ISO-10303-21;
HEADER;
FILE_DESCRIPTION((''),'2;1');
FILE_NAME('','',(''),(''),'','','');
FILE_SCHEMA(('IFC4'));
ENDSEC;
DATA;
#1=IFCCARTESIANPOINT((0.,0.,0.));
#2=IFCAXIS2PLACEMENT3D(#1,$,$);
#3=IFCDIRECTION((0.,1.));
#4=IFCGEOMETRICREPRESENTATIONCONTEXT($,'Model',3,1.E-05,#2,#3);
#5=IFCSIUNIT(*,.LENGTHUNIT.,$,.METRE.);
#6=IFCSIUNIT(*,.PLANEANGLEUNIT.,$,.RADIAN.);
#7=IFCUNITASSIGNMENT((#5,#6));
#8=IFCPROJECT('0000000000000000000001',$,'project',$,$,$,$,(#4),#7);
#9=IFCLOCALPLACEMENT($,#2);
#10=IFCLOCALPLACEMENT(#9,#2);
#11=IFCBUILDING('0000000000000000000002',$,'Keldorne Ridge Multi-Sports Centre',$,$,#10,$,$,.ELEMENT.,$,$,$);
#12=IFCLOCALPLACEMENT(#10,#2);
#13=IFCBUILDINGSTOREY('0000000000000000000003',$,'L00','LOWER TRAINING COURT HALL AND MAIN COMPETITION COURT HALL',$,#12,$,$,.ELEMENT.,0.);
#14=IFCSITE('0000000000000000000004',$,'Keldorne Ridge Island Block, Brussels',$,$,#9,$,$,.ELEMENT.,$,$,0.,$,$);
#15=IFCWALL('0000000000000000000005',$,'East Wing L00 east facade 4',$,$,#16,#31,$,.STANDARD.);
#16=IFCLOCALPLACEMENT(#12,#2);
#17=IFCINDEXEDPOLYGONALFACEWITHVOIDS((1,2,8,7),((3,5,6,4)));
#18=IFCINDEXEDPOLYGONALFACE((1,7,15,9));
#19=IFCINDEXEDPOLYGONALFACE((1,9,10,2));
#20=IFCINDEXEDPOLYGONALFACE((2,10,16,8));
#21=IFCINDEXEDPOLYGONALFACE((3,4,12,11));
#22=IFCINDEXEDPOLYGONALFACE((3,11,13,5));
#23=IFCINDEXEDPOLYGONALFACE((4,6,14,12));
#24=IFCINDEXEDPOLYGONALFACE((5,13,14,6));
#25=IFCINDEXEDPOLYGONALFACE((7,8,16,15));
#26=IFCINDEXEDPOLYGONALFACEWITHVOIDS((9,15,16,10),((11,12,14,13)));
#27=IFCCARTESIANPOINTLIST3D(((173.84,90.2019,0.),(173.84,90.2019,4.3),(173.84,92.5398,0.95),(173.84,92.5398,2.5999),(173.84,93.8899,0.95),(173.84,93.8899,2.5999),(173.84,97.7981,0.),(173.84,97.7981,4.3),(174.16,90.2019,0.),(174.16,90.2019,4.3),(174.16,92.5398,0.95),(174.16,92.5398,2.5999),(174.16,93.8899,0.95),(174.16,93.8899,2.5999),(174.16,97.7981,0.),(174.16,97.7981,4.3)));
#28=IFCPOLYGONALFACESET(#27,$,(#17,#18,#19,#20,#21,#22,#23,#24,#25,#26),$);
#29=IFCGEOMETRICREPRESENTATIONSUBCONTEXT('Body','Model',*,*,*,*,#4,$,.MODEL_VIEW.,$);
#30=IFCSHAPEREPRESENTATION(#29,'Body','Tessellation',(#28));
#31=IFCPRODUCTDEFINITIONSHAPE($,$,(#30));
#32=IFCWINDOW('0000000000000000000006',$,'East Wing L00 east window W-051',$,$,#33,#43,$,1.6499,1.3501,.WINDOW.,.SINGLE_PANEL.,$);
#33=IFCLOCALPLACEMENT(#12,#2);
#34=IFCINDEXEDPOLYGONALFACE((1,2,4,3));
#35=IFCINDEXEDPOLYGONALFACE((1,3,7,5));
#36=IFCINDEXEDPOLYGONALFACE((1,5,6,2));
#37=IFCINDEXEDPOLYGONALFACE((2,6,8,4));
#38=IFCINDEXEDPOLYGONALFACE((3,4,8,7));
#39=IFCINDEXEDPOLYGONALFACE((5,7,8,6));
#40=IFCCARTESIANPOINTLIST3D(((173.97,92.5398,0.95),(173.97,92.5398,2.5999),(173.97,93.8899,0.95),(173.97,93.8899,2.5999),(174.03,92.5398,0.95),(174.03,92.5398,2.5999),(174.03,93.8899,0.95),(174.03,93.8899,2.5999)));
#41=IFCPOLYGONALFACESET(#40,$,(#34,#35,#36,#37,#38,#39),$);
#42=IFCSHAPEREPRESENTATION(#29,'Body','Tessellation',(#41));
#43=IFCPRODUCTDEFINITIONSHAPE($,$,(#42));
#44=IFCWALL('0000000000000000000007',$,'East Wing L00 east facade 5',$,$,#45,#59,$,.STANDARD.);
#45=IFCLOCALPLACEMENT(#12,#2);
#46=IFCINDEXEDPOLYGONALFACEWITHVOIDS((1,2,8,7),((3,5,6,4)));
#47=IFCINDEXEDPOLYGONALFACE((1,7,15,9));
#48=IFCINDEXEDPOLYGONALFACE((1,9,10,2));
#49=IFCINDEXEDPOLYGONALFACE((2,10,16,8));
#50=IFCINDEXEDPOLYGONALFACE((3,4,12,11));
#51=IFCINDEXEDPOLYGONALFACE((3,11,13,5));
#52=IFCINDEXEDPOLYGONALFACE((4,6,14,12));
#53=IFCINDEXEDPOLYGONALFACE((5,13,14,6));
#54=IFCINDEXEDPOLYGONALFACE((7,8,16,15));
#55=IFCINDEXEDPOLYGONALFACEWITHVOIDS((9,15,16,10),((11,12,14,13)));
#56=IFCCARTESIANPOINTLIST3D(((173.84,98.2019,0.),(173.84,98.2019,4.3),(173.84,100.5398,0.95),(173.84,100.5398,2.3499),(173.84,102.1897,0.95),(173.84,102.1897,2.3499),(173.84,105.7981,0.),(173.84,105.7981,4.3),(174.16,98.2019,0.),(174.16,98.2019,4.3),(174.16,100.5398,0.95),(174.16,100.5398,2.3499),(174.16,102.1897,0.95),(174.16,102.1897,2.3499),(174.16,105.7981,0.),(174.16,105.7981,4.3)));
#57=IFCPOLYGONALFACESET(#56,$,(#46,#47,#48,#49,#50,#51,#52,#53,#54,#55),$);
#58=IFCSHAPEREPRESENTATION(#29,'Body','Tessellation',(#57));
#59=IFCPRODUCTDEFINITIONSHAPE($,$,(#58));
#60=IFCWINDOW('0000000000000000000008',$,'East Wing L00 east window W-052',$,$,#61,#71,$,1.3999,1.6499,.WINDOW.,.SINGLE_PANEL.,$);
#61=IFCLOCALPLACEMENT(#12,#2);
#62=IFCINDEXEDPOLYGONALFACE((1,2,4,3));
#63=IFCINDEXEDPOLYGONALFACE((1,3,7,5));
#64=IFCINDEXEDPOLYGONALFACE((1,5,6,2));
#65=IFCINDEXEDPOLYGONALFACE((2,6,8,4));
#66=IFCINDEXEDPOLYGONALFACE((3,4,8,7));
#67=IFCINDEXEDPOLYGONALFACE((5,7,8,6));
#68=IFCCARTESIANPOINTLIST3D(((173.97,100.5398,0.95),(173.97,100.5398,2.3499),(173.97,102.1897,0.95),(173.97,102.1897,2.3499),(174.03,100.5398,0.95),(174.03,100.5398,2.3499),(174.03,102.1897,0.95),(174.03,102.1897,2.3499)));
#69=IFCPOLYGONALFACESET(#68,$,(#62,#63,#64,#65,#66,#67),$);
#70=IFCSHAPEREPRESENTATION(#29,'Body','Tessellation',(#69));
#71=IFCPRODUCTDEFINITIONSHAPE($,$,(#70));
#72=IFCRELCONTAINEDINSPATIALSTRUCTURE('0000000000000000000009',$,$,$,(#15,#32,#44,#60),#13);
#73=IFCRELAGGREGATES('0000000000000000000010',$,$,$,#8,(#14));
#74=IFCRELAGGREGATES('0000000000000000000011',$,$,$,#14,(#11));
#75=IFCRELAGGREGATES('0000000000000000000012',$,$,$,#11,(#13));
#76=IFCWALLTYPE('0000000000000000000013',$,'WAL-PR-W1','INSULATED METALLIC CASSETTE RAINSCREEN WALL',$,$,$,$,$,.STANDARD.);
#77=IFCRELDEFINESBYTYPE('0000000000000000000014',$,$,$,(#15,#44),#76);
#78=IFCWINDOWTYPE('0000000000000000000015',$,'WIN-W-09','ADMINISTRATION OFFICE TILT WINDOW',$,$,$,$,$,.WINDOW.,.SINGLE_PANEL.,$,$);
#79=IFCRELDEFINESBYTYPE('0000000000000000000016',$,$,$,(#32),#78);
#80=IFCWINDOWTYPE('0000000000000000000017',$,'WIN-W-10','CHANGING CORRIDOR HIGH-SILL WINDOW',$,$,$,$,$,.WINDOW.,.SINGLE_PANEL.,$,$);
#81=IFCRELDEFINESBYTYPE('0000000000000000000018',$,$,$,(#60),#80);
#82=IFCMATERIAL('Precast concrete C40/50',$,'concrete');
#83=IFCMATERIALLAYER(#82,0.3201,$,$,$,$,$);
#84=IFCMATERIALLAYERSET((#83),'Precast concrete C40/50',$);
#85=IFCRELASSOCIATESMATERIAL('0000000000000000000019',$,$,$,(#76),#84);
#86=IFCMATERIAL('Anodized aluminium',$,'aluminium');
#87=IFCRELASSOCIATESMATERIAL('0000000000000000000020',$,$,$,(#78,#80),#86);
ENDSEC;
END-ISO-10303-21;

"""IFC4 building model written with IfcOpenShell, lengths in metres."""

from ifc_helpers import new_model, si_unit, direction, frame, frame_2d, origin, place, context, subcontext, project, spatial, rectangle, extrude, material, layer, layer_set, type_object, element, fill, save


model = new_model("IFC4")

# Units and contexts
model_context = context("Model", 3, precision=1e-05, world=origin(), true_north=direction((0.0, 1.0)))
body_context = subcontext(model_context, "Body", "Model", "MODEL_VIEW")
ifc_project = project(units=[si_unit("LENGTHUNIT", "METRE"), si_unit("PLANEANGLEUNIT", "RADIAN")], contexts=[model_context])

# Site, building, storey
site_placement = place(None, origin())
site = spatial("IfcSite", under=ifc_project, at=site_placement, Name="Keldorne Ridge Island Block, Brussels", CompositionType="ELEMENT", RefElevation=0.0)
building_placement = place(site_placement, origin())
building = spatial("IfcBuilding", under=site, at=building_placement, Name="Keldorne Ridge Multi-Sports Centre", CompositionType="ELEMENT")
storey_placement = place(building_placement, origin())
storey = spatial("IfcBuildingStorey", under=building, at=storey_placement, Name="L00", Description="LOWER TRAINING COURT HALL AND MAIN COMPETITION COURT HALL", CompositionType="ELEMENT", Elevation=0.0)

# Walls, openings, windows
ifc_material_1 = material(Name="Precast concrete C40/50", Category="concrete")
ifc_layer = layer(ifc_material_1, 0.3201)
ifc_layer_set = layer_set([ifc_layer], Name="Precast concrete C40/50")
wall_type = type_object("IfcWallType", Name="WAL-PR-W1", Description="INSULATED METALLIC CASSETTE RAINSCREEN WALL", PredefinedType="STANDARD", material=ifc_layer_set)
wall_1_placement = place(storey_placement, frame((174.0, 90.2019, 0.0), z_axis=(0.0, 0.0, 1.0), x_axis=(0.0, 1.0, 0.0)))
wall_1 = element("IfcWall", 1, at=wall_1_placement, inside=storey, type_object=wall_type, Name="East Wing L00 east facade 4", PredefinedType="STANDARD", context=body_context, shape_type="SweptSolid", body=[
    extrude(rectangle(XDim=7.5962, YDim=0.3201, at=frame_2d((3.7981, 0.0))), origin(), (0.0, 0.0, 1.0), 4.3),
])
opening_1_placement = place(wall_1_placement, frame((2.3379, 0.0, 0.95)))
opening_1 = element("IfcOpeningElement", 2, at=opening_1_placement, cuts=wall_1, PredefinedType="OPENING", context=body_context, shape_type="SweptSolid", body=[
    extrude(rectangle(XDim=1.3501, YDim=1.6499, at=frame_2d((0.675, 0.825))), frame((0.0, 0.1699, 0.0), z_axis=(0.0, -1.0, 0.0), x_axis=(1.0, 0.0, 0.0)), (0.0, 0.0, 1.0), 0.3401),
])
ifc_material_2 = material(Name="Anodized aluminium", Category="aluminium")
window_type_1 = type_object("IfcWindowType", Name="WIN-W-09", Description="ADMINISTRATION OFFICE TILT WINDOW", PartitioningType="SINGLE_PANEL", PredefinedType="WINDOW", material=ifc_material_2)
window_1_placement = place(opening_1_placement, origin())
window_1 = element("IfcWindow", 3, at=window_1_placement, inside=storey, type_object=window_type_1, Name="East Wing L00 east window W-051", OverallHeight=1.6499, OverallWidth=1.3501, PartitioningType="SINGLE_PANEL", PredefinedType="WINDOW", context=body_context, shape_type="SweptSolid", body=[
    extrude(rectangle(XDim=1.3501, YDim=1.6499, at=frame_2d((0.675, 0.825))), frame((0.0, 0.03, 0.0), z_axis=(0.0, -1.0, 0.0), x_axis=(1.0, 0.0, 0.0)), (0.0, 0.0, 1.0), 0.0601),
])
fill(opening_1, window_1)
wall_2_placement = place(storey_placement, frame((174.0, 98.2019, 0.0), z_axis=(0.0, 0.0, 1.0), x_axis=(0.0, 1.0, 0.0)))
wall_2 = element("IfcWall", 4, at=wall_2_placement, inside=storey, type_object=wall_type, Name="East Wing L00 east facade 5", PredefinedType="STANDARD", context=body_context, shape_type="SweptSolid", body=[
    extrude(rectangle(XDim=7.5962, YDim=0.3201, at=frame_2d((3.7981, 0.0))), origin(), (0.0, 0.0, 1.0), 4.3),
])
opening_2_placement = place(wall_2_placement, frame((2.3379, 0.0, 0.95)))
opening_2 = element("IfcOpeningElement", 5, at=opening_2_placement, cuts=wall_2, PredefinedType="OPENING", context=body_context, shape_type="SweptSolid", body=[
    extrude(rectangle(XDim=1.6499, YDim=1.3999, at=frame_2d((0.825, 0.7))), frame((0.0, 0.1699, 0.0), z_axis=(0.0, -1.0, 0.0), x_axis=(1.0, 0.0, 0.0)), (0.0, 0.0, 1.0), 0.3401),
])
window_type_2 = type_object("IfcWindowType", Name="WIN-W-10", Description="CHANGING CORRIDOR HIGH-SILL WINDOW", PartitioningType="SINGLE_PANEL", PredefinedType="WINDOW", material=ifc_material_2)
window_2_placement = place(opening_2_placement, origin())
window_2 = element("IfcWindow", 6, at=window_2_placement, inside=storey, type_object=window_type_2, Name="East Wing L00 east window W-052", OverallHeight=1.3999, OverallWidth=1.6499, PartitioningType="SINGLE_PANEL", PredefinedType="WINDOW", context=body_context, shape_type="SweptSolid", body=[
    extrude(rectangle(XDim=1.6499, YDim=1.3999, at=frame_2d((0.825, 0.7))), frame((0.0, 0.03, 0.0), z_axis=(0.0, -1.0, 0.0), x_axis=(1.0, 0.0, 0.0)), (0.0, 0.0, 1.0), 0.0601),
])
fill(opening_2, window_2)

save(model, "model.ifc")
